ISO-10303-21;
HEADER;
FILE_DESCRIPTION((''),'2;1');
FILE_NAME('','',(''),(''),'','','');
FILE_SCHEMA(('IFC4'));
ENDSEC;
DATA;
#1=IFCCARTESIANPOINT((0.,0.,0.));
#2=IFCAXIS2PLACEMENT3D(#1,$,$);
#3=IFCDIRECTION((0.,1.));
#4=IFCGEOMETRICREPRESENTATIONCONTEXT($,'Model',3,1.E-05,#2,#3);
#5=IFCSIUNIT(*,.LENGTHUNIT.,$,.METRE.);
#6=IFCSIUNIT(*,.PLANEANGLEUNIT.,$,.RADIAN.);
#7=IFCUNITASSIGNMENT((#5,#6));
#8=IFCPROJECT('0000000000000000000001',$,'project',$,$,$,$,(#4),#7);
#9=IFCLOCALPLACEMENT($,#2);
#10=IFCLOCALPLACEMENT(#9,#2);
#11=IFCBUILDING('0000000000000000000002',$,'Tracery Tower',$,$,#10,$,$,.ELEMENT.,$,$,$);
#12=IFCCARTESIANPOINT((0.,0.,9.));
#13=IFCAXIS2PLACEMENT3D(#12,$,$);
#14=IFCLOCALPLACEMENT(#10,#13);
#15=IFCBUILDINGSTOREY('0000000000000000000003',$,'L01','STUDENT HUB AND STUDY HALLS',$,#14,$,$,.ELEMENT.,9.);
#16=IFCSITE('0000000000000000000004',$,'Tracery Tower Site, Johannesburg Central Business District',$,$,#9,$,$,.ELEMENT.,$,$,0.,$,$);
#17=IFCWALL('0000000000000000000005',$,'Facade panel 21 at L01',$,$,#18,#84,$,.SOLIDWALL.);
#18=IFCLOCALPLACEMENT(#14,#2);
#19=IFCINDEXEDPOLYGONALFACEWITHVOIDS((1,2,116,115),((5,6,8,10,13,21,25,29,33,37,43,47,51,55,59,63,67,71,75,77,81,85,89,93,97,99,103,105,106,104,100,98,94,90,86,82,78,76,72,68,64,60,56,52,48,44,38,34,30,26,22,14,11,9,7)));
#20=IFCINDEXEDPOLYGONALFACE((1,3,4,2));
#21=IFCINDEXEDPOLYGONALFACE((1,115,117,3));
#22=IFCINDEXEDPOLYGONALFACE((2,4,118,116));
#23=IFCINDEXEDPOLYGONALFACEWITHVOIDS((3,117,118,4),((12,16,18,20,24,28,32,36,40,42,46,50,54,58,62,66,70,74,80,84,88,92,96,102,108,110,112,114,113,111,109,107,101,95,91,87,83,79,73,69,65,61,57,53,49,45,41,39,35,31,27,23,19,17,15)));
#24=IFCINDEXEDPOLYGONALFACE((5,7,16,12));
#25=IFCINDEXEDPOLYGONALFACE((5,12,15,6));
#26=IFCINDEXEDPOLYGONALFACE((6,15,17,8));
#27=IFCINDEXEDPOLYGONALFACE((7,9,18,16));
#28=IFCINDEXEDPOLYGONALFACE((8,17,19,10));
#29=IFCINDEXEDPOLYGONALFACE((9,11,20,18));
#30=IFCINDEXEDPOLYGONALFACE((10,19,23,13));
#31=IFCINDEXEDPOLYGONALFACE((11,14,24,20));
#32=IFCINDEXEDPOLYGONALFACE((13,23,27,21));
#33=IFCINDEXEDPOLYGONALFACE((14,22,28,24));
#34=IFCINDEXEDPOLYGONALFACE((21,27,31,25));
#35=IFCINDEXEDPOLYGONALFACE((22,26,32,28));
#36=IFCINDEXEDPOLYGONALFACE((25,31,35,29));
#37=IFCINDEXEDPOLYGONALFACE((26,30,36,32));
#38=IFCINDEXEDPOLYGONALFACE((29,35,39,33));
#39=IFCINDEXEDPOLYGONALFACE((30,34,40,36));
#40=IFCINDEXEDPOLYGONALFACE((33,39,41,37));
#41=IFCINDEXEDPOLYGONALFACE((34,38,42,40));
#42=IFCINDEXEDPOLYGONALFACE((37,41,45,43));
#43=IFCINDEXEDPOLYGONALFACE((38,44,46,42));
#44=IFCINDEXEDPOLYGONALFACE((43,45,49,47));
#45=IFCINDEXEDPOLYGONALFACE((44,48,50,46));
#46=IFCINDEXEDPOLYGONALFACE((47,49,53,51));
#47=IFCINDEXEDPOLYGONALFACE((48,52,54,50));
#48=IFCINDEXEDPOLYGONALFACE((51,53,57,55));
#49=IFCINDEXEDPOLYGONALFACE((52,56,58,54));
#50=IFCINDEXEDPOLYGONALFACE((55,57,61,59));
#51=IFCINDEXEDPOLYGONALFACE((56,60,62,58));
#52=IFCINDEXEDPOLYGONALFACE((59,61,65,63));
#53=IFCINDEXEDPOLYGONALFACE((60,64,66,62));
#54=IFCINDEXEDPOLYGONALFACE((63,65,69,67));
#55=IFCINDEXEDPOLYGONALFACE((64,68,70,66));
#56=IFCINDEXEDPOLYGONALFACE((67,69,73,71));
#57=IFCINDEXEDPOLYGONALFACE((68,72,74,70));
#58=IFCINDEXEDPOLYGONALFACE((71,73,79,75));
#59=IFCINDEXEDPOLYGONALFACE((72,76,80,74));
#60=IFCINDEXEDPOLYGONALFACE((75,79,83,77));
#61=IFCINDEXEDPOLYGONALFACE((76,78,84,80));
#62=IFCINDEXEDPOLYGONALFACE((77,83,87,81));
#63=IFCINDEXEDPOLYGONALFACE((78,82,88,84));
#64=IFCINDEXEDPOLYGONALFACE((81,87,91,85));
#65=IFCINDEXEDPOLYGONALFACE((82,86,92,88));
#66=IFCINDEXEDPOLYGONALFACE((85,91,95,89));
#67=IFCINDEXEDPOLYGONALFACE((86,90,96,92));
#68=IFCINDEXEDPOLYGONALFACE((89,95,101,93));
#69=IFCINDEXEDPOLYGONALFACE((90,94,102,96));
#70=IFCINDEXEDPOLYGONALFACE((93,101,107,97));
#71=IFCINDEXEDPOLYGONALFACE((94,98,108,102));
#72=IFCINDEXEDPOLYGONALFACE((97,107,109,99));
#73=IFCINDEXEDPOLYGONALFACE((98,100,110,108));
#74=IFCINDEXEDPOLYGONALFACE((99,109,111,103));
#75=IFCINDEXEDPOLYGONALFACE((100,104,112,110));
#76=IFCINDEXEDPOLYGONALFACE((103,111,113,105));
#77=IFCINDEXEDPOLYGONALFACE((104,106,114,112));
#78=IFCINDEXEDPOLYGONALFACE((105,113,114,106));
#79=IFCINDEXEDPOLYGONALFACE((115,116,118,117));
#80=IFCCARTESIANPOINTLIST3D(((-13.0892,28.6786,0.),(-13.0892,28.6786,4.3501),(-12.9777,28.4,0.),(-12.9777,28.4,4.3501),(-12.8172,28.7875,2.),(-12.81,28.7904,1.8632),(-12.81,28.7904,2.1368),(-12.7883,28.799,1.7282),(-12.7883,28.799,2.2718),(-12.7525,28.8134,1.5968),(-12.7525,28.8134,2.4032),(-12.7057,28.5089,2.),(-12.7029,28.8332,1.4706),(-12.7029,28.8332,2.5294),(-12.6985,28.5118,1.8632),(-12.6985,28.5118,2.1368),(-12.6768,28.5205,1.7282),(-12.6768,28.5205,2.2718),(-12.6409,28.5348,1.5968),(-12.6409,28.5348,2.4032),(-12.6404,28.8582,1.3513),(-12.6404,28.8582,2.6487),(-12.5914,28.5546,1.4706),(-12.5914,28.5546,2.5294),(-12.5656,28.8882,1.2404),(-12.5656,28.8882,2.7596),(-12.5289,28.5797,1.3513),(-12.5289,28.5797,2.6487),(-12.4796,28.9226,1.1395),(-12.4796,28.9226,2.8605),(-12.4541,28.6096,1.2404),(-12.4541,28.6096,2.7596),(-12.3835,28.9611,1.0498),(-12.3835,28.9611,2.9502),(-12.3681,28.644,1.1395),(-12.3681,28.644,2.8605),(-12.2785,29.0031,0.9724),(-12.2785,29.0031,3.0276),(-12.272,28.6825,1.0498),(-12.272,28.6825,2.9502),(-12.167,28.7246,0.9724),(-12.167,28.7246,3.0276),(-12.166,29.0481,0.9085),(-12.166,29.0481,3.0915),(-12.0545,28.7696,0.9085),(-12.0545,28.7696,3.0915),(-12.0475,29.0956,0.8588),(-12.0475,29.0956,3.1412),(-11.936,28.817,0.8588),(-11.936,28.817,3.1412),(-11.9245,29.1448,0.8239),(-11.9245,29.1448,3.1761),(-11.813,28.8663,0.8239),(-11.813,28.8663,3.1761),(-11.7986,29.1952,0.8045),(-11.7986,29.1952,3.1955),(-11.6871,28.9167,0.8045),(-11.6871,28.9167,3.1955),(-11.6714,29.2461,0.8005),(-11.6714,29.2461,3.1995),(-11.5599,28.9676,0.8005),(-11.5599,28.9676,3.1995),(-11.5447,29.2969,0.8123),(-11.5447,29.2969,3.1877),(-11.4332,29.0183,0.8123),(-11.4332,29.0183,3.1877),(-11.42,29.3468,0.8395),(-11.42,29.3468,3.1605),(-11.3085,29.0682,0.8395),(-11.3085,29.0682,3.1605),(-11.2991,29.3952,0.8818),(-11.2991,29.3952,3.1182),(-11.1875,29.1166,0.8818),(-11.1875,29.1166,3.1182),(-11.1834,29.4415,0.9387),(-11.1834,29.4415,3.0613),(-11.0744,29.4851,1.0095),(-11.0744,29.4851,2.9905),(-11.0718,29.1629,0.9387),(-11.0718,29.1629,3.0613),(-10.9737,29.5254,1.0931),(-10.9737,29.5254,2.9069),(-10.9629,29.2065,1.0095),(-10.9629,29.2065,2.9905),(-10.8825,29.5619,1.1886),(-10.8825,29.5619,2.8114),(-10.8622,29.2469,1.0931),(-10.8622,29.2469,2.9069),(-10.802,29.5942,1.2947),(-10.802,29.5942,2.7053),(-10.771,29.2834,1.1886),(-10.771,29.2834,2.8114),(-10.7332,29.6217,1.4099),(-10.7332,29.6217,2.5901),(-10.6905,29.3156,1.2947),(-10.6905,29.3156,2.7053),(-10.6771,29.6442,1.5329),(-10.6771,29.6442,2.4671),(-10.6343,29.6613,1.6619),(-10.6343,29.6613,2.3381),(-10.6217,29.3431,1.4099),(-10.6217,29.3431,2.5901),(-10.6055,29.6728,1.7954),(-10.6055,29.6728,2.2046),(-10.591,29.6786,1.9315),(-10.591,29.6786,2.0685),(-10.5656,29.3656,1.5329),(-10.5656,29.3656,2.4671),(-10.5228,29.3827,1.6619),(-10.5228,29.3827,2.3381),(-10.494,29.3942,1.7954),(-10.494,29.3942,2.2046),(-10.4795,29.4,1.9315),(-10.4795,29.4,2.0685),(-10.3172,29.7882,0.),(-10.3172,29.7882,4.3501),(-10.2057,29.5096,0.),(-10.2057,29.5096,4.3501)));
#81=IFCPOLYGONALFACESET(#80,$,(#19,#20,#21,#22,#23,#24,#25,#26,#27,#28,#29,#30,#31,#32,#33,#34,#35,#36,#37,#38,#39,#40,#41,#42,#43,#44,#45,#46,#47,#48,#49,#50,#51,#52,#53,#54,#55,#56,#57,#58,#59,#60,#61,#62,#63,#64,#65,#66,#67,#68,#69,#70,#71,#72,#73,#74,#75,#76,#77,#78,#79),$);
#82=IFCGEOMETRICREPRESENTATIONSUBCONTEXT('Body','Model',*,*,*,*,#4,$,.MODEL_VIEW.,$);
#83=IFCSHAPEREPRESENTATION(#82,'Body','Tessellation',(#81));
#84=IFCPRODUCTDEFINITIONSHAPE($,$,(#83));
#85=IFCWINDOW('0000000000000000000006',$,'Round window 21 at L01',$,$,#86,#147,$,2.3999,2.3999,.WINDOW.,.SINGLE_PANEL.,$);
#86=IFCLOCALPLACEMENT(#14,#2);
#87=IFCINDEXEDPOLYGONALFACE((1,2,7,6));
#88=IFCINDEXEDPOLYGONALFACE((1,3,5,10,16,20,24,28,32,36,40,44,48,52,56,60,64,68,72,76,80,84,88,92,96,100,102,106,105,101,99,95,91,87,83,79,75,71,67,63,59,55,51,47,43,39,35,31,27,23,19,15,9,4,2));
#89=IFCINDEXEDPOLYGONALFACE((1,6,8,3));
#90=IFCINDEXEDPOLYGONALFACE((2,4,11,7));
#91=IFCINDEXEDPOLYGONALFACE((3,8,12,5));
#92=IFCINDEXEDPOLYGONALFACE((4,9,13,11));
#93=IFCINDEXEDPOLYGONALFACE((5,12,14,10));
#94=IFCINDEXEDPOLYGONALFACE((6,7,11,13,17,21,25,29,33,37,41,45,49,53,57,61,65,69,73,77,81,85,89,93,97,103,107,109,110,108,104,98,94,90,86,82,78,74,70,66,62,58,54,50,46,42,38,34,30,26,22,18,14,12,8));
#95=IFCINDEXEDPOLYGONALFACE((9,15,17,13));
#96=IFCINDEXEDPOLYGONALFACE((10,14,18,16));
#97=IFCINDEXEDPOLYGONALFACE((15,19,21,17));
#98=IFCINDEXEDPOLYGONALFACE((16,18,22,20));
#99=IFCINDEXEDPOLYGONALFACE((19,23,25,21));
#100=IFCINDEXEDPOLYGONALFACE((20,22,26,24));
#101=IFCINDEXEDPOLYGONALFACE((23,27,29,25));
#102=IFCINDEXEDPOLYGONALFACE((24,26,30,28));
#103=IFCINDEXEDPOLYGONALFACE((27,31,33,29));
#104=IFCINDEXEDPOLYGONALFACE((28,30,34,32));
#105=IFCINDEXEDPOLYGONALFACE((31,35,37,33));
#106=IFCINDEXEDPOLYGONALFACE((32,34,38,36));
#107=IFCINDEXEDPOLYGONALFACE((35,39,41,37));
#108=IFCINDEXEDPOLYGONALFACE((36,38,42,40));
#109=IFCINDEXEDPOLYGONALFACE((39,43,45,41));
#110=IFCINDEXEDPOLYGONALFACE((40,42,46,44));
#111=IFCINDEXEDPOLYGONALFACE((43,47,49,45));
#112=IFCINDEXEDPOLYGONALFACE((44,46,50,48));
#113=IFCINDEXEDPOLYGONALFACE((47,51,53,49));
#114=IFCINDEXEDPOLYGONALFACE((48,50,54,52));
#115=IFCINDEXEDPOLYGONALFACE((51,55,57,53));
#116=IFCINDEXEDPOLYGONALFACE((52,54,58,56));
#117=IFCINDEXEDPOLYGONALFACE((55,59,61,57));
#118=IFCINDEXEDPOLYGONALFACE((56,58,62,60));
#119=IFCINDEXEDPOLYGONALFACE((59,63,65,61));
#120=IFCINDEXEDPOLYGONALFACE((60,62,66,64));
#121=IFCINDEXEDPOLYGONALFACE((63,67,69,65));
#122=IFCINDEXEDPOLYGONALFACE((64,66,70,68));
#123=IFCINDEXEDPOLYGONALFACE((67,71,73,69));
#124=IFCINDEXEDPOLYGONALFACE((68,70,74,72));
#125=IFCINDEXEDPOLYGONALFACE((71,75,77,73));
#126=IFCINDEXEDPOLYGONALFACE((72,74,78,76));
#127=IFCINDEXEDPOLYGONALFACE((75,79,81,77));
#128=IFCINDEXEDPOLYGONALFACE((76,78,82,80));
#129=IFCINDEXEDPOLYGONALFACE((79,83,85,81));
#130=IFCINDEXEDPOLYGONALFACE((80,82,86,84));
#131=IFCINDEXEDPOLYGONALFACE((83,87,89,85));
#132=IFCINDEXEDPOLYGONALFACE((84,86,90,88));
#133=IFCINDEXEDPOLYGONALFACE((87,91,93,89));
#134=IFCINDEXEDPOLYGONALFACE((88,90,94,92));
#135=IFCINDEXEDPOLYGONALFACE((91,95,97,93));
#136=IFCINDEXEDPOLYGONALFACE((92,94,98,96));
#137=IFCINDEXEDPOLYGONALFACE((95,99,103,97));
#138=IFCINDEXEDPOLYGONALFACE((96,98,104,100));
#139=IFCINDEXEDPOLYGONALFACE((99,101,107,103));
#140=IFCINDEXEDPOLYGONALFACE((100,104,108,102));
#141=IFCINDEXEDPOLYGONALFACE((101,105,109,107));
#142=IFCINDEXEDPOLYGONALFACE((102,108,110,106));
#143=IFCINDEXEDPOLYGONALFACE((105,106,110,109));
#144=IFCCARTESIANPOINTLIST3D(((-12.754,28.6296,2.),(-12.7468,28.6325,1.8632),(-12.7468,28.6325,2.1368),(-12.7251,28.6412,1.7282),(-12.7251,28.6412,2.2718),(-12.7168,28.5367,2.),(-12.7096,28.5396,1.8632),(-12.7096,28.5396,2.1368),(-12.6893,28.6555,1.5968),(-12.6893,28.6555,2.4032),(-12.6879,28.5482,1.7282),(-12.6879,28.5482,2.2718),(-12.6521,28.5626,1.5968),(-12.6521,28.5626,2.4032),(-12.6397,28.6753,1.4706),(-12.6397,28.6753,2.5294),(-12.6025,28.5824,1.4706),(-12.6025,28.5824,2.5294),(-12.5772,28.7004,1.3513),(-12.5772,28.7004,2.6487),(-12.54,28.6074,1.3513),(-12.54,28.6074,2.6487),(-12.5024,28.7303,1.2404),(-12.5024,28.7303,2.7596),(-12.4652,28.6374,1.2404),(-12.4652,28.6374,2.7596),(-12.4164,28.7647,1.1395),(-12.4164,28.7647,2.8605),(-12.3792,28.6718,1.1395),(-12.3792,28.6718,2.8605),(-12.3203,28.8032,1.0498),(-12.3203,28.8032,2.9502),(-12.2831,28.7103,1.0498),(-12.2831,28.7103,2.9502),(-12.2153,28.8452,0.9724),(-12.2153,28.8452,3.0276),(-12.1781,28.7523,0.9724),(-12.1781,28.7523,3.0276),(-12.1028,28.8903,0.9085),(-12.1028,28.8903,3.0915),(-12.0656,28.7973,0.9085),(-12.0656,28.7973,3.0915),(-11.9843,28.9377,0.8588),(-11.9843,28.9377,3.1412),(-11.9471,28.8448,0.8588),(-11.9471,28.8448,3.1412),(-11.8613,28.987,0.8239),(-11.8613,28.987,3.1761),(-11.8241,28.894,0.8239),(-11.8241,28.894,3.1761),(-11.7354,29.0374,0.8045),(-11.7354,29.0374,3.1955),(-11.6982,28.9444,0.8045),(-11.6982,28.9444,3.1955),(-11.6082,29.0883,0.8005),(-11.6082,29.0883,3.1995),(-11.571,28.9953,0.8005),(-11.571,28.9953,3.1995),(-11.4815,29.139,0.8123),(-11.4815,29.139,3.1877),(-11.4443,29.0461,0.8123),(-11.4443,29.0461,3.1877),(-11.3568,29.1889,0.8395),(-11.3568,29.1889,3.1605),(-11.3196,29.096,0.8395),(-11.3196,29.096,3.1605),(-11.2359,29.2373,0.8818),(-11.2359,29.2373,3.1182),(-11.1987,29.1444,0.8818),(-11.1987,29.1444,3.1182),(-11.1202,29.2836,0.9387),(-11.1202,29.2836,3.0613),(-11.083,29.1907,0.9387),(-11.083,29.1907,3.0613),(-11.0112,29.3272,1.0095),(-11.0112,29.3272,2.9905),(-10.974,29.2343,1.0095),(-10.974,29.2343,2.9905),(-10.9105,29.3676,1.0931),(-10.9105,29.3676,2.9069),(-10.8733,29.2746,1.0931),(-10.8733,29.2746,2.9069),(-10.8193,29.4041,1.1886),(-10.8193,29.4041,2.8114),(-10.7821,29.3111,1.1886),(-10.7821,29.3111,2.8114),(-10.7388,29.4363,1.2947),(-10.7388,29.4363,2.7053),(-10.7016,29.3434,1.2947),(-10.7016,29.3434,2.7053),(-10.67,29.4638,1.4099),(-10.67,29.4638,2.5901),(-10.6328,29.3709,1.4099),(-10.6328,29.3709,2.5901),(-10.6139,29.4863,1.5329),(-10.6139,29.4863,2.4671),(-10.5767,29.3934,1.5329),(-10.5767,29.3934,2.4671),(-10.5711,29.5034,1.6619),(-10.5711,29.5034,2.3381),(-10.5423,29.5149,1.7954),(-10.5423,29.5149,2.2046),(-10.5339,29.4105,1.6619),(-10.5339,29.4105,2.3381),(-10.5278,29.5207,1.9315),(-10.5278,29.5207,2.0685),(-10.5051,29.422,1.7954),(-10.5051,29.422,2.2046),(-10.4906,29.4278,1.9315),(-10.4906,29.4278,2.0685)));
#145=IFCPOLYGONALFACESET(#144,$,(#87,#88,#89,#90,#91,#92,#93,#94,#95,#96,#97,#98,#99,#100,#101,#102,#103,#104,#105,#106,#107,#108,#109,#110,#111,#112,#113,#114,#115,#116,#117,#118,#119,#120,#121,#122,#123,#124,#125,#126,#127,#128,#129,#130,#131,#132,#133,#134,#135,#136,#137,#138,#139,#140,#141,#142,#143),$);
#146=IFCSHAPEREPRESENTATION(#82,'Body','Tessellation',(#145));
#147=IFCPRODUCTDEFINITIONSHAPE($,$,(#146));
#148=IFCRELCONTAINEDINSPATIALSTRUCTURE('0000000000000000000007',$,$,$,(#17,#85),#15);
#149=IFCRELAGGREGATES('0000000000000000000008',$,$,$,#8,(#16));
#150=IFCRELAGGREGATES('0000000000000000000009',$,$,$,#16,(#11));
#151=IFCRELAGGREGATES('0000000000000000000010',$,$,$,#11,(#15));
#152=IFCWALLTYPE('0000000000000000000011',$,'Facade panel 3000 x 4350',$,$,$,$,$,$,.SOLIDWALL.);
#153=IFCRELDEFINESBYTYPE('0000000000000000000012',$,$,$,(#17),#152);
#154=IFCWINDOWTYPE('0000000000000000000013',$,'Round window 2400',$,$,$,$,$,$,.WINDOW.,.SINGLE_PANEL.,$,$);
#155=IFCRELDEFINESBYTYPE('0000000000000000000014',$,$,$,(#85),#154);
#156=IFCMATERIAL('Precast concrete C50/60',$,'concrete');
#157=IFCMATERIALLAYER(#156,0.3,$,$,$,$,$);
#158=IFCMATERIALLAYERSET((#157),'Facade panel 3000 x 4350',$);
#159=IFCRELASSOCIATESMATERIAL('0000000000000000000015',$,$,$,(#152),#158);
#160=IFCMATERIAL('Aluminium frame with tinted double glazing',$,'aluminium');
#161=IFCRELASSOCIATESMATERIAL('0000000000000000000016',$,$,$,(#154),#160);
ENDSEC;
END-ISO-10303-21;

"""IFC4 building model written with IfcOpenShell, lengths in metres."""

from ifc_helpers import new_model, si_unit, direction, frame, frame_2d, origin, origin_2d, place, context, subcontext, project, spatial, rectangle, circle, extrude, material, layer, layer_set, type_object, element, fill, save


model = new_model("IFC4")

# Units and contexts
model_context = context("Model", 3, precision=1e-05, world=origin(), true_north=direction((0.0, 1.0)))
body_context = subcontext(model_context, "Body", "Model", "MODEL_VIEW")
ifc_project = project(units=[si_unit("LENGTHUNIT", "METRE"), si_unit("PLANEANGLEUNIT", "RADIAN")], contexts=[model_context])

# Site, building, storey
site_placement = place(None, origin())
site = spatial("IfcSite", under=ifc_project, at=site_placement, Name="Tracery Tower Site, Johannesburg Central Business District", CompositionType="ELEMENT", RefElevation=0.0)
building_placement = place(site_placement, origin())
building = spatial("IfcBuilding", under=site, at=building_placement, Name="Tracery Tower", CompositionType="ELEMENT")
storey_placement = place(building_placement, frame((0.0, 0.0, 9.0)))
storey = spatial("IfcBuildingStorey", under=building, at=storey_placement, Name="L01", Description="STUDENT HUB AND STUDY HALLS", CompositionType="ELEMENT", Elevation=9.0)

# Wall, opening, window
ifc_material_1 = material(Name="Precast concrete C50/60", Category="concrete")
ifc_layer_1 = layer(ifc_material_1, 0.3)
ifc_layer_set_1 = layer_set([ifc_layer_1], Name="Facade panel 3000 x 4350")
wall_type_1 = type_object("IfcWallType", Name="Facade panel 3000 x 4350", PredefinedType="SOLIDWALL", material=ifc_layer_set_1)
ifc_material_2 = material(Name="Aluminium frame with tinted double glazing", Category="aluminium")
window_type = type_object("IfcWindowType", Name="Round window 2400", PartitioningType="SINGLE_PANEL", PredefinedType="WINDOW", material=ifc_material_2)
wall_1_placement = place(storey_placement, frame((-10.2615, 29.6489, 0.0), z_axis=(0.0, 0.0, 1.0), x_axis=(-0.928381, -0.37163, 0.0)))
wall_1 = element("IfcWall", 1, at=wall_1_placement, inside=storey, type_object=wall_type_1, Name="Facade panel 21 at L01", PredefinedType="SOLIDWALL", context=body_context, shape_type="SweptSolid", body=[
    extrude(rectangle(XDim=2.9858, YDim=0.3, at=frame_2d((1.4929, 0.0))), origin(), (0.0, 0.0, 1.0), 4.3501),
])
opening_1_placement = place(wall_1_placement, frame((1.4929, 0.0, 2.0)))
opening_1 = element("IfcOpeningElement", 2, at=opening_1_placement, cuts=wall_1, PredefinedType="OPENING", context=body_context, shape_type="SweptSolid", body=[
    extrude(circle(Radius=1.2, at=origin_2d()), frame((0.0, 0.1599, 0.0), z_axis=(0.0, -1.0, 0.0), x_axis=(1.0, 0.0, 0.0)), (0.0, 0.0, 1.0), 0.3201),
])
window_1_placement = place(opening_1_placement, origin())
window_1 = element("IfcWindow", 3, at=window_1_placement, inside=storey, type_object=window_type, Name="Round window 21 at L01", OverallHeight=2.3999, OverallWidth=2.3999, PartitioningType="SINGLE_PANEL", PredefinedType="WINDOW", context=body_context, shape_type="SweptSolid", body=[
    extrude(circle(Radius=1.2, at=origin_2d()), frame((0.0, 0.1201, 0.0), z_axis=(0.0, -1.0, 0.0), x_axis=(1.0, 0.0, 0.0)), (0.0, 0.0, 1.0), 0.1001),
])
fill(opening_1, window_1)

save(model, "model.ifc")
